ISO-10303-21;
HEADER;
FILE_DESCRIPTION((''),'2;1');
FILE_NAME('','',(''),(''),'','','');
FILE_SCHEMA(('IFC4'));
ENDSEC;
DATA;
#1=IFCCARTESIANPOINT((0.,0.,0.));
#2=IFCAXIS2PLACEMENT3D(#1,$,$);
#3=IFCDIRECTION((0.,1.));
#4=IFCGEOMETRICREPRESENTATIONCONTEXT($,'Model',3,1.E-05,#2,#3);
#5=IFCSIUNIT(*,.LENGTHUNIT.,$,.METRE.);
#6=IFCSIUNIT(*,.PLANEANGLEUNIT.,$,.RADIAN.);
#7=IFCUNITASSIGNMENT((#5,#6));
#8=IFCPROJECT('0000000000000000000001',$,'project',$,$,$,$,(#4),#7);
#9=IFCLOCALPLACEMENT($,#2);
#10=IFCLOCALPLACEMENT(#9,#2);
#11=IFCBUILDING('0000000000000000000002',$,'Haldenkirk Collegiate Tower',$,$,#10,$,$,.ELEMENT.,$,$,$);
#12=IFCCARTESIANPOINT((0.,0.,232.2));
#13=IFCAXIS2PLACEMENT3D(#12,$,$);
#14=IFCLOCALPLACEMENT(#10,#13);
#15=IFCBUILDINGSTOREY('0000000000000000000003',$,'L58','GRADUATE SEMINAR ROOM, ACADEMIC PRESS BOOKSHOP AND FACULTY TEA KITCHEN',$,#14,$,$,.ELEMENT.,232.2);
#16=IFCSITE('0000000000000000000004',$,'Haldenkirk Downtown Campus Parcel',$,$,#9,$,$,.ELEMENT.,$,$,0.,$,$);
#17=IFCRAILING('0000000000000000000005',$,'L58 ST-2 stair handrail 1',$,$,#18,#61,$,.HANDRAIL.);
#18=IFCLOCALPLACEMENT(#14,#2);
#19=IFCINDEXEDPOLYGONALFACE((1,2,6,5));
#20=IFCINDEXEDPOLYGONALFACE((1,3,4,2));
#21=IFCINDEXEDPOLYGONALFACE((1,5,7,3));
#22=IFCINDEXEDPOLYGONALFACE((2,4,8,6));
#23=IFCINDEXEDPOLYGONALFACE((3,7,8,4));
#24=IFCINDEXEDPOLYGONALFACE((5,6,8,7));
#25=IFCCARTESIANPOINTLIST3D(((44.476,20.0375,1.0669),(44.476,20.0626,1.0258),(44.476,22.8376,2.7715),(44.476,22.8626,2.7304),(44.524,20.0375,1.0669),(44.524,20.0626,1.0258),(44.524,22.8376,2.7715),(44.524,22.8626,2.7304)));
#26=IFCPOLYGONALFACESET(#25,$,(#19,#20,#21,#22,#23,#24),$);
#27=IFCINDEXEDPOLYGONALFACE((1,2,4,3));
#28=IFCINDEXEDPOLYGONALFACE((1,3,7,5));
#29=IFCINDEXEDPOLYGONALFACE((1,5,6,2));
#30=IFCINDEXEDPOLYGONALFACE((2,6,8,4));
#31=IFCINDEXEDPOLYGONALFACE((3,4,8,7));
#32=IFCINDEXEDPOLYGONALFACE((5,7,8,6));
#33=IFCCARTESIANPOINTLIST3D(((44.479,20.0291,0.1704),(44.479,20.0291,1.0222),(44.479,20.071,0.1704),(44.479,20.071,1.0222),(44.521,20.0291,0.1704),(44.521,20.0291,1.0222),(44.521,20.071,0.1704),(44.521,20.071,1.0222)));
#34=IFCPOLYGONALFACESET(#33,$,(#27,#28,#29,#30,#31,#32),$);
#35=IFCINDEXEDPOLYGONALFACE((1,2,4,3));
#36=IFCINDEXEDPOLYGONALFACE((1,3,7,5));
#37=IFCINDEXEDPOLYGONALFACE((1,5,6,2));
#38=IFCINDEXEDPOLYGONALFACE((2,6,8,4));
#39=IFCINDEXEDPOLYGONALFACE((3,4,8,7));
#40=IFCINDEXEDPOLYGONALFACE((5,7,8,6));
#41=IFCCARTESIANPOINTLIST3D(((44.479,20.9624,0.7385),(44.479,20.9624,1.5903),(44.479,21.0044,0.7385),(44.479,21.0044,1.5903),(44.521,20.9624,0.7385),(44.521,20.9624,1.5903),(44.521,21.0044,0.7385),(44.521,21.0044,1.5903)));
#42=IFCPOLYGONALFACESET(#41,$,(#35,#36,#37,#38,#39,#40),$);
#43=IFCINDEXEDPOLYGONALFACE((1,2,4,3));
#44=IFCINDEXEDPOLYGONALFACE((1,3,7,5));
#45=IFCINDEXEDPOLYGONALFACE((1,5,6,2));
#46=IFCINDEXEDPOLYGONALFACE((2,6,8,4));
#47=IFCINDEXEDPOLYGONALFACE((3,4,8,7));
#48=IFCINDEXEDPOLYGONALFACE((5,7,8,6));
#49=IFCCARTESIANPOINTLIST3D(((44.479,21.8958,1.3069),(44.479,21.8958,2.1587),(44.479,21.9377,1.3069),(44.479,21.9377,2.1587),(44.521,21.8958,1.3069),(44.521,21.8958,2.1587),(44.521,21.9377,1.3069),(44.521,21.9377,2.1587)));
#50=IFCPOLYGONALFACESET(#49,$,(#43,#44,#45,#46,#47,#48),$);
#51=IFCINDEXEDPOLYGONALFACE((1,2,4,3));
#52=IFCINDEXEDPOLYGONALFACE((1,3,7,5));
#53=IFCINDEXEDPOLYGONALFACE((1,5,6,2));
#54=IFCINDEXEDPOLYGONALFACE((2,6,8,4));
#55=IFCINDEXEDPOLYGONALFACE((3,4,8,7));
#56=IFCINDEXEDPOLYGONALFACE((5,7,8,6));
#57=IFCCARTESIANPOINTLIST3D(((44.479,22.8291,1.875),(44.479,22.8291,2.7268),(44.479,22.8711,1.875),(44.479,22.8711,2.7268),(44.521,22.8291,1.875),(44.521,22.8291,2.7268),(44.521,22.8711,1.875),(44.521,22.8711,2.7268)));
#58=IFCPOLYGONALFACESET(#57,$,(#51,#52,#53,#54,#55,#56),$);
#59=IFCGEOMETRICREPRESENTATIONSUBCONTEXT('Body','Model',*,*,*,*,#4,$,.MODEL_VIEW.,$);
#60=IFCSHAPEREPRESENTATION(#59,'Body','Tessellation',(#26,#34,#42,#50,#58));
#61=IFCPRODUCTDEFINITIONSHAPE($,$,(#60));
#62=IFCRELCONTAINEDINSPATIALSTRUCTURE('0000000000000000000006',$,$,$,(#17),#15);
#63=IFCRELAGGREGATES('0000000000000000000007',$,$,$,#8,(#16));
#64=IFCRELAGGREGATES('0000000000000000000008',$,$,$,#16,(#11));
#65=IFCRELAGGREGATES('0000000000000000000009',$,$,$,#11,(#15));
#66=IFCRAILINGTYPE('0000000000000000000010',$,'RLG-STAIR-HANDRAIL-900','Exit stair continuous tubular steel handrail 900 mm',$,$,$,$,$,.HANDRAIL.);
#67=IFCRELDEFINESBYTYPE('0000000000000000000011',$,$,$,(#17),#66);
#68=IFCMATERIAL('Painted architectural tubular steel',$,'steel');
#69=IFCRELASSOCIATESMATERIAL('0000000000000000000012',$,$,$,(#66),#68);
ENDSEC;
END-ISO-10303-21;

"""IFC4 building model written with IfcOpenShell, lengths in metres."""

from ifc_helpers import new_model, si_unit, direction, frame, origin, origin_2d, place, context, subcontext, project, spatial, rectangle, extrude, material, type_object, element, save


model = new_model("IFC4")

# Units and contexts
model_context = context("Model", 3, precision=1e-05, world=origin(), true_north=direction((0.0, 1.0)))
body_context = subcontext(model_context, "Body", "Model", "MODEL_VIEW")
ifc_project = project(units=[si_unit("LENGTHUNIT", "METRE"), si_unit("PLANEANGLEUNIT", "RADIAN")], contexts=[model_context])

# Site, building, storey
site_placement = place(None, origin())
site = spatial("IfcSite", under=ifc_project, at=site_placement, Name="Haldenkirk Downtown Campus Parcel", CompositionType="ELEMENT", RefElevation=0.0)
building_placement = place(site_placement, origin())
building = spatial("IfcBuilding", under=site, at=building_placement, Name="Haldenkirk Collegiate Tower", CompositionType="ELEMENT")
storey_placement = place(building_placement, frame((0.0, 0.0, 232.2)))
storey = spatial("IfcBuildingStorey", under=building, at=storey_placement, Name="L58", Description="GRADUATE SEMINAR ROOM, ACADEMIC PRESS BOOKSHOP AND FACULTY TEA KITCHEN", CompositionType="ELEMENT", Elevation=232.2)

# Railing
ifc_material_1 = material(Name="Painted architectural tubular steel", Category="steel")
railing_type = type_object("IfcRailingType", Name="RLG-STAIR-HANDRAIL-900", Description="Exit stair continuous tubular steel handrail 900 mm", PredefinedType="HANDRAIL", material=ifc_material_1)
railing_placement = place(storey_placement, frame((44.5, 20.05, 0.1704)))
element("IfcRailing", 1, at=railing_placement, inside=storey, type_object=railing_type, Name="L58 ST-2 stair handrail 1", PredefinedType="HANDRAIL", context=body_context, shape_type="SweptSolid", body=[
    extrude(rectangle(XDim=0.0481, YDim=0.0481, at=origin_2d()), frame((0.0, 0.0, 0.876), z_axis=(0.0, 0.85417, 0.519994), x_axis=(-1.0, 0.0, 0.0)), (0.0, 0.0, 1.0), 3.2781),
    extrude(rectangle(XDim=0.042, YDim=0.042, at=origin_2d()), origin(), (0.0, 0.0, 1.0), 0.8518),
    extrude(rectangle(XDim=0.042, YDim=0.042, at=origin_2d()), frame((0.0, 0.9333, 0.5681)), (0.0, 0.0, 1.0), 0.8518),
    extrude(rectangle(XDim=0.042, YDim=0.042, at=origin_2d()), frame((0.0, 1.8667, 1.1365)), (0.0, 0.0, 1.0), 0.8518),
    extrude(rectangle(XDim=0.042, YDim=0.042, at=origin_2d()), frame((0.0, 2.8, 1.7046)), (0.0, 0.0, 1.0), 0.8518),
])

save(model, "model.ifc")
